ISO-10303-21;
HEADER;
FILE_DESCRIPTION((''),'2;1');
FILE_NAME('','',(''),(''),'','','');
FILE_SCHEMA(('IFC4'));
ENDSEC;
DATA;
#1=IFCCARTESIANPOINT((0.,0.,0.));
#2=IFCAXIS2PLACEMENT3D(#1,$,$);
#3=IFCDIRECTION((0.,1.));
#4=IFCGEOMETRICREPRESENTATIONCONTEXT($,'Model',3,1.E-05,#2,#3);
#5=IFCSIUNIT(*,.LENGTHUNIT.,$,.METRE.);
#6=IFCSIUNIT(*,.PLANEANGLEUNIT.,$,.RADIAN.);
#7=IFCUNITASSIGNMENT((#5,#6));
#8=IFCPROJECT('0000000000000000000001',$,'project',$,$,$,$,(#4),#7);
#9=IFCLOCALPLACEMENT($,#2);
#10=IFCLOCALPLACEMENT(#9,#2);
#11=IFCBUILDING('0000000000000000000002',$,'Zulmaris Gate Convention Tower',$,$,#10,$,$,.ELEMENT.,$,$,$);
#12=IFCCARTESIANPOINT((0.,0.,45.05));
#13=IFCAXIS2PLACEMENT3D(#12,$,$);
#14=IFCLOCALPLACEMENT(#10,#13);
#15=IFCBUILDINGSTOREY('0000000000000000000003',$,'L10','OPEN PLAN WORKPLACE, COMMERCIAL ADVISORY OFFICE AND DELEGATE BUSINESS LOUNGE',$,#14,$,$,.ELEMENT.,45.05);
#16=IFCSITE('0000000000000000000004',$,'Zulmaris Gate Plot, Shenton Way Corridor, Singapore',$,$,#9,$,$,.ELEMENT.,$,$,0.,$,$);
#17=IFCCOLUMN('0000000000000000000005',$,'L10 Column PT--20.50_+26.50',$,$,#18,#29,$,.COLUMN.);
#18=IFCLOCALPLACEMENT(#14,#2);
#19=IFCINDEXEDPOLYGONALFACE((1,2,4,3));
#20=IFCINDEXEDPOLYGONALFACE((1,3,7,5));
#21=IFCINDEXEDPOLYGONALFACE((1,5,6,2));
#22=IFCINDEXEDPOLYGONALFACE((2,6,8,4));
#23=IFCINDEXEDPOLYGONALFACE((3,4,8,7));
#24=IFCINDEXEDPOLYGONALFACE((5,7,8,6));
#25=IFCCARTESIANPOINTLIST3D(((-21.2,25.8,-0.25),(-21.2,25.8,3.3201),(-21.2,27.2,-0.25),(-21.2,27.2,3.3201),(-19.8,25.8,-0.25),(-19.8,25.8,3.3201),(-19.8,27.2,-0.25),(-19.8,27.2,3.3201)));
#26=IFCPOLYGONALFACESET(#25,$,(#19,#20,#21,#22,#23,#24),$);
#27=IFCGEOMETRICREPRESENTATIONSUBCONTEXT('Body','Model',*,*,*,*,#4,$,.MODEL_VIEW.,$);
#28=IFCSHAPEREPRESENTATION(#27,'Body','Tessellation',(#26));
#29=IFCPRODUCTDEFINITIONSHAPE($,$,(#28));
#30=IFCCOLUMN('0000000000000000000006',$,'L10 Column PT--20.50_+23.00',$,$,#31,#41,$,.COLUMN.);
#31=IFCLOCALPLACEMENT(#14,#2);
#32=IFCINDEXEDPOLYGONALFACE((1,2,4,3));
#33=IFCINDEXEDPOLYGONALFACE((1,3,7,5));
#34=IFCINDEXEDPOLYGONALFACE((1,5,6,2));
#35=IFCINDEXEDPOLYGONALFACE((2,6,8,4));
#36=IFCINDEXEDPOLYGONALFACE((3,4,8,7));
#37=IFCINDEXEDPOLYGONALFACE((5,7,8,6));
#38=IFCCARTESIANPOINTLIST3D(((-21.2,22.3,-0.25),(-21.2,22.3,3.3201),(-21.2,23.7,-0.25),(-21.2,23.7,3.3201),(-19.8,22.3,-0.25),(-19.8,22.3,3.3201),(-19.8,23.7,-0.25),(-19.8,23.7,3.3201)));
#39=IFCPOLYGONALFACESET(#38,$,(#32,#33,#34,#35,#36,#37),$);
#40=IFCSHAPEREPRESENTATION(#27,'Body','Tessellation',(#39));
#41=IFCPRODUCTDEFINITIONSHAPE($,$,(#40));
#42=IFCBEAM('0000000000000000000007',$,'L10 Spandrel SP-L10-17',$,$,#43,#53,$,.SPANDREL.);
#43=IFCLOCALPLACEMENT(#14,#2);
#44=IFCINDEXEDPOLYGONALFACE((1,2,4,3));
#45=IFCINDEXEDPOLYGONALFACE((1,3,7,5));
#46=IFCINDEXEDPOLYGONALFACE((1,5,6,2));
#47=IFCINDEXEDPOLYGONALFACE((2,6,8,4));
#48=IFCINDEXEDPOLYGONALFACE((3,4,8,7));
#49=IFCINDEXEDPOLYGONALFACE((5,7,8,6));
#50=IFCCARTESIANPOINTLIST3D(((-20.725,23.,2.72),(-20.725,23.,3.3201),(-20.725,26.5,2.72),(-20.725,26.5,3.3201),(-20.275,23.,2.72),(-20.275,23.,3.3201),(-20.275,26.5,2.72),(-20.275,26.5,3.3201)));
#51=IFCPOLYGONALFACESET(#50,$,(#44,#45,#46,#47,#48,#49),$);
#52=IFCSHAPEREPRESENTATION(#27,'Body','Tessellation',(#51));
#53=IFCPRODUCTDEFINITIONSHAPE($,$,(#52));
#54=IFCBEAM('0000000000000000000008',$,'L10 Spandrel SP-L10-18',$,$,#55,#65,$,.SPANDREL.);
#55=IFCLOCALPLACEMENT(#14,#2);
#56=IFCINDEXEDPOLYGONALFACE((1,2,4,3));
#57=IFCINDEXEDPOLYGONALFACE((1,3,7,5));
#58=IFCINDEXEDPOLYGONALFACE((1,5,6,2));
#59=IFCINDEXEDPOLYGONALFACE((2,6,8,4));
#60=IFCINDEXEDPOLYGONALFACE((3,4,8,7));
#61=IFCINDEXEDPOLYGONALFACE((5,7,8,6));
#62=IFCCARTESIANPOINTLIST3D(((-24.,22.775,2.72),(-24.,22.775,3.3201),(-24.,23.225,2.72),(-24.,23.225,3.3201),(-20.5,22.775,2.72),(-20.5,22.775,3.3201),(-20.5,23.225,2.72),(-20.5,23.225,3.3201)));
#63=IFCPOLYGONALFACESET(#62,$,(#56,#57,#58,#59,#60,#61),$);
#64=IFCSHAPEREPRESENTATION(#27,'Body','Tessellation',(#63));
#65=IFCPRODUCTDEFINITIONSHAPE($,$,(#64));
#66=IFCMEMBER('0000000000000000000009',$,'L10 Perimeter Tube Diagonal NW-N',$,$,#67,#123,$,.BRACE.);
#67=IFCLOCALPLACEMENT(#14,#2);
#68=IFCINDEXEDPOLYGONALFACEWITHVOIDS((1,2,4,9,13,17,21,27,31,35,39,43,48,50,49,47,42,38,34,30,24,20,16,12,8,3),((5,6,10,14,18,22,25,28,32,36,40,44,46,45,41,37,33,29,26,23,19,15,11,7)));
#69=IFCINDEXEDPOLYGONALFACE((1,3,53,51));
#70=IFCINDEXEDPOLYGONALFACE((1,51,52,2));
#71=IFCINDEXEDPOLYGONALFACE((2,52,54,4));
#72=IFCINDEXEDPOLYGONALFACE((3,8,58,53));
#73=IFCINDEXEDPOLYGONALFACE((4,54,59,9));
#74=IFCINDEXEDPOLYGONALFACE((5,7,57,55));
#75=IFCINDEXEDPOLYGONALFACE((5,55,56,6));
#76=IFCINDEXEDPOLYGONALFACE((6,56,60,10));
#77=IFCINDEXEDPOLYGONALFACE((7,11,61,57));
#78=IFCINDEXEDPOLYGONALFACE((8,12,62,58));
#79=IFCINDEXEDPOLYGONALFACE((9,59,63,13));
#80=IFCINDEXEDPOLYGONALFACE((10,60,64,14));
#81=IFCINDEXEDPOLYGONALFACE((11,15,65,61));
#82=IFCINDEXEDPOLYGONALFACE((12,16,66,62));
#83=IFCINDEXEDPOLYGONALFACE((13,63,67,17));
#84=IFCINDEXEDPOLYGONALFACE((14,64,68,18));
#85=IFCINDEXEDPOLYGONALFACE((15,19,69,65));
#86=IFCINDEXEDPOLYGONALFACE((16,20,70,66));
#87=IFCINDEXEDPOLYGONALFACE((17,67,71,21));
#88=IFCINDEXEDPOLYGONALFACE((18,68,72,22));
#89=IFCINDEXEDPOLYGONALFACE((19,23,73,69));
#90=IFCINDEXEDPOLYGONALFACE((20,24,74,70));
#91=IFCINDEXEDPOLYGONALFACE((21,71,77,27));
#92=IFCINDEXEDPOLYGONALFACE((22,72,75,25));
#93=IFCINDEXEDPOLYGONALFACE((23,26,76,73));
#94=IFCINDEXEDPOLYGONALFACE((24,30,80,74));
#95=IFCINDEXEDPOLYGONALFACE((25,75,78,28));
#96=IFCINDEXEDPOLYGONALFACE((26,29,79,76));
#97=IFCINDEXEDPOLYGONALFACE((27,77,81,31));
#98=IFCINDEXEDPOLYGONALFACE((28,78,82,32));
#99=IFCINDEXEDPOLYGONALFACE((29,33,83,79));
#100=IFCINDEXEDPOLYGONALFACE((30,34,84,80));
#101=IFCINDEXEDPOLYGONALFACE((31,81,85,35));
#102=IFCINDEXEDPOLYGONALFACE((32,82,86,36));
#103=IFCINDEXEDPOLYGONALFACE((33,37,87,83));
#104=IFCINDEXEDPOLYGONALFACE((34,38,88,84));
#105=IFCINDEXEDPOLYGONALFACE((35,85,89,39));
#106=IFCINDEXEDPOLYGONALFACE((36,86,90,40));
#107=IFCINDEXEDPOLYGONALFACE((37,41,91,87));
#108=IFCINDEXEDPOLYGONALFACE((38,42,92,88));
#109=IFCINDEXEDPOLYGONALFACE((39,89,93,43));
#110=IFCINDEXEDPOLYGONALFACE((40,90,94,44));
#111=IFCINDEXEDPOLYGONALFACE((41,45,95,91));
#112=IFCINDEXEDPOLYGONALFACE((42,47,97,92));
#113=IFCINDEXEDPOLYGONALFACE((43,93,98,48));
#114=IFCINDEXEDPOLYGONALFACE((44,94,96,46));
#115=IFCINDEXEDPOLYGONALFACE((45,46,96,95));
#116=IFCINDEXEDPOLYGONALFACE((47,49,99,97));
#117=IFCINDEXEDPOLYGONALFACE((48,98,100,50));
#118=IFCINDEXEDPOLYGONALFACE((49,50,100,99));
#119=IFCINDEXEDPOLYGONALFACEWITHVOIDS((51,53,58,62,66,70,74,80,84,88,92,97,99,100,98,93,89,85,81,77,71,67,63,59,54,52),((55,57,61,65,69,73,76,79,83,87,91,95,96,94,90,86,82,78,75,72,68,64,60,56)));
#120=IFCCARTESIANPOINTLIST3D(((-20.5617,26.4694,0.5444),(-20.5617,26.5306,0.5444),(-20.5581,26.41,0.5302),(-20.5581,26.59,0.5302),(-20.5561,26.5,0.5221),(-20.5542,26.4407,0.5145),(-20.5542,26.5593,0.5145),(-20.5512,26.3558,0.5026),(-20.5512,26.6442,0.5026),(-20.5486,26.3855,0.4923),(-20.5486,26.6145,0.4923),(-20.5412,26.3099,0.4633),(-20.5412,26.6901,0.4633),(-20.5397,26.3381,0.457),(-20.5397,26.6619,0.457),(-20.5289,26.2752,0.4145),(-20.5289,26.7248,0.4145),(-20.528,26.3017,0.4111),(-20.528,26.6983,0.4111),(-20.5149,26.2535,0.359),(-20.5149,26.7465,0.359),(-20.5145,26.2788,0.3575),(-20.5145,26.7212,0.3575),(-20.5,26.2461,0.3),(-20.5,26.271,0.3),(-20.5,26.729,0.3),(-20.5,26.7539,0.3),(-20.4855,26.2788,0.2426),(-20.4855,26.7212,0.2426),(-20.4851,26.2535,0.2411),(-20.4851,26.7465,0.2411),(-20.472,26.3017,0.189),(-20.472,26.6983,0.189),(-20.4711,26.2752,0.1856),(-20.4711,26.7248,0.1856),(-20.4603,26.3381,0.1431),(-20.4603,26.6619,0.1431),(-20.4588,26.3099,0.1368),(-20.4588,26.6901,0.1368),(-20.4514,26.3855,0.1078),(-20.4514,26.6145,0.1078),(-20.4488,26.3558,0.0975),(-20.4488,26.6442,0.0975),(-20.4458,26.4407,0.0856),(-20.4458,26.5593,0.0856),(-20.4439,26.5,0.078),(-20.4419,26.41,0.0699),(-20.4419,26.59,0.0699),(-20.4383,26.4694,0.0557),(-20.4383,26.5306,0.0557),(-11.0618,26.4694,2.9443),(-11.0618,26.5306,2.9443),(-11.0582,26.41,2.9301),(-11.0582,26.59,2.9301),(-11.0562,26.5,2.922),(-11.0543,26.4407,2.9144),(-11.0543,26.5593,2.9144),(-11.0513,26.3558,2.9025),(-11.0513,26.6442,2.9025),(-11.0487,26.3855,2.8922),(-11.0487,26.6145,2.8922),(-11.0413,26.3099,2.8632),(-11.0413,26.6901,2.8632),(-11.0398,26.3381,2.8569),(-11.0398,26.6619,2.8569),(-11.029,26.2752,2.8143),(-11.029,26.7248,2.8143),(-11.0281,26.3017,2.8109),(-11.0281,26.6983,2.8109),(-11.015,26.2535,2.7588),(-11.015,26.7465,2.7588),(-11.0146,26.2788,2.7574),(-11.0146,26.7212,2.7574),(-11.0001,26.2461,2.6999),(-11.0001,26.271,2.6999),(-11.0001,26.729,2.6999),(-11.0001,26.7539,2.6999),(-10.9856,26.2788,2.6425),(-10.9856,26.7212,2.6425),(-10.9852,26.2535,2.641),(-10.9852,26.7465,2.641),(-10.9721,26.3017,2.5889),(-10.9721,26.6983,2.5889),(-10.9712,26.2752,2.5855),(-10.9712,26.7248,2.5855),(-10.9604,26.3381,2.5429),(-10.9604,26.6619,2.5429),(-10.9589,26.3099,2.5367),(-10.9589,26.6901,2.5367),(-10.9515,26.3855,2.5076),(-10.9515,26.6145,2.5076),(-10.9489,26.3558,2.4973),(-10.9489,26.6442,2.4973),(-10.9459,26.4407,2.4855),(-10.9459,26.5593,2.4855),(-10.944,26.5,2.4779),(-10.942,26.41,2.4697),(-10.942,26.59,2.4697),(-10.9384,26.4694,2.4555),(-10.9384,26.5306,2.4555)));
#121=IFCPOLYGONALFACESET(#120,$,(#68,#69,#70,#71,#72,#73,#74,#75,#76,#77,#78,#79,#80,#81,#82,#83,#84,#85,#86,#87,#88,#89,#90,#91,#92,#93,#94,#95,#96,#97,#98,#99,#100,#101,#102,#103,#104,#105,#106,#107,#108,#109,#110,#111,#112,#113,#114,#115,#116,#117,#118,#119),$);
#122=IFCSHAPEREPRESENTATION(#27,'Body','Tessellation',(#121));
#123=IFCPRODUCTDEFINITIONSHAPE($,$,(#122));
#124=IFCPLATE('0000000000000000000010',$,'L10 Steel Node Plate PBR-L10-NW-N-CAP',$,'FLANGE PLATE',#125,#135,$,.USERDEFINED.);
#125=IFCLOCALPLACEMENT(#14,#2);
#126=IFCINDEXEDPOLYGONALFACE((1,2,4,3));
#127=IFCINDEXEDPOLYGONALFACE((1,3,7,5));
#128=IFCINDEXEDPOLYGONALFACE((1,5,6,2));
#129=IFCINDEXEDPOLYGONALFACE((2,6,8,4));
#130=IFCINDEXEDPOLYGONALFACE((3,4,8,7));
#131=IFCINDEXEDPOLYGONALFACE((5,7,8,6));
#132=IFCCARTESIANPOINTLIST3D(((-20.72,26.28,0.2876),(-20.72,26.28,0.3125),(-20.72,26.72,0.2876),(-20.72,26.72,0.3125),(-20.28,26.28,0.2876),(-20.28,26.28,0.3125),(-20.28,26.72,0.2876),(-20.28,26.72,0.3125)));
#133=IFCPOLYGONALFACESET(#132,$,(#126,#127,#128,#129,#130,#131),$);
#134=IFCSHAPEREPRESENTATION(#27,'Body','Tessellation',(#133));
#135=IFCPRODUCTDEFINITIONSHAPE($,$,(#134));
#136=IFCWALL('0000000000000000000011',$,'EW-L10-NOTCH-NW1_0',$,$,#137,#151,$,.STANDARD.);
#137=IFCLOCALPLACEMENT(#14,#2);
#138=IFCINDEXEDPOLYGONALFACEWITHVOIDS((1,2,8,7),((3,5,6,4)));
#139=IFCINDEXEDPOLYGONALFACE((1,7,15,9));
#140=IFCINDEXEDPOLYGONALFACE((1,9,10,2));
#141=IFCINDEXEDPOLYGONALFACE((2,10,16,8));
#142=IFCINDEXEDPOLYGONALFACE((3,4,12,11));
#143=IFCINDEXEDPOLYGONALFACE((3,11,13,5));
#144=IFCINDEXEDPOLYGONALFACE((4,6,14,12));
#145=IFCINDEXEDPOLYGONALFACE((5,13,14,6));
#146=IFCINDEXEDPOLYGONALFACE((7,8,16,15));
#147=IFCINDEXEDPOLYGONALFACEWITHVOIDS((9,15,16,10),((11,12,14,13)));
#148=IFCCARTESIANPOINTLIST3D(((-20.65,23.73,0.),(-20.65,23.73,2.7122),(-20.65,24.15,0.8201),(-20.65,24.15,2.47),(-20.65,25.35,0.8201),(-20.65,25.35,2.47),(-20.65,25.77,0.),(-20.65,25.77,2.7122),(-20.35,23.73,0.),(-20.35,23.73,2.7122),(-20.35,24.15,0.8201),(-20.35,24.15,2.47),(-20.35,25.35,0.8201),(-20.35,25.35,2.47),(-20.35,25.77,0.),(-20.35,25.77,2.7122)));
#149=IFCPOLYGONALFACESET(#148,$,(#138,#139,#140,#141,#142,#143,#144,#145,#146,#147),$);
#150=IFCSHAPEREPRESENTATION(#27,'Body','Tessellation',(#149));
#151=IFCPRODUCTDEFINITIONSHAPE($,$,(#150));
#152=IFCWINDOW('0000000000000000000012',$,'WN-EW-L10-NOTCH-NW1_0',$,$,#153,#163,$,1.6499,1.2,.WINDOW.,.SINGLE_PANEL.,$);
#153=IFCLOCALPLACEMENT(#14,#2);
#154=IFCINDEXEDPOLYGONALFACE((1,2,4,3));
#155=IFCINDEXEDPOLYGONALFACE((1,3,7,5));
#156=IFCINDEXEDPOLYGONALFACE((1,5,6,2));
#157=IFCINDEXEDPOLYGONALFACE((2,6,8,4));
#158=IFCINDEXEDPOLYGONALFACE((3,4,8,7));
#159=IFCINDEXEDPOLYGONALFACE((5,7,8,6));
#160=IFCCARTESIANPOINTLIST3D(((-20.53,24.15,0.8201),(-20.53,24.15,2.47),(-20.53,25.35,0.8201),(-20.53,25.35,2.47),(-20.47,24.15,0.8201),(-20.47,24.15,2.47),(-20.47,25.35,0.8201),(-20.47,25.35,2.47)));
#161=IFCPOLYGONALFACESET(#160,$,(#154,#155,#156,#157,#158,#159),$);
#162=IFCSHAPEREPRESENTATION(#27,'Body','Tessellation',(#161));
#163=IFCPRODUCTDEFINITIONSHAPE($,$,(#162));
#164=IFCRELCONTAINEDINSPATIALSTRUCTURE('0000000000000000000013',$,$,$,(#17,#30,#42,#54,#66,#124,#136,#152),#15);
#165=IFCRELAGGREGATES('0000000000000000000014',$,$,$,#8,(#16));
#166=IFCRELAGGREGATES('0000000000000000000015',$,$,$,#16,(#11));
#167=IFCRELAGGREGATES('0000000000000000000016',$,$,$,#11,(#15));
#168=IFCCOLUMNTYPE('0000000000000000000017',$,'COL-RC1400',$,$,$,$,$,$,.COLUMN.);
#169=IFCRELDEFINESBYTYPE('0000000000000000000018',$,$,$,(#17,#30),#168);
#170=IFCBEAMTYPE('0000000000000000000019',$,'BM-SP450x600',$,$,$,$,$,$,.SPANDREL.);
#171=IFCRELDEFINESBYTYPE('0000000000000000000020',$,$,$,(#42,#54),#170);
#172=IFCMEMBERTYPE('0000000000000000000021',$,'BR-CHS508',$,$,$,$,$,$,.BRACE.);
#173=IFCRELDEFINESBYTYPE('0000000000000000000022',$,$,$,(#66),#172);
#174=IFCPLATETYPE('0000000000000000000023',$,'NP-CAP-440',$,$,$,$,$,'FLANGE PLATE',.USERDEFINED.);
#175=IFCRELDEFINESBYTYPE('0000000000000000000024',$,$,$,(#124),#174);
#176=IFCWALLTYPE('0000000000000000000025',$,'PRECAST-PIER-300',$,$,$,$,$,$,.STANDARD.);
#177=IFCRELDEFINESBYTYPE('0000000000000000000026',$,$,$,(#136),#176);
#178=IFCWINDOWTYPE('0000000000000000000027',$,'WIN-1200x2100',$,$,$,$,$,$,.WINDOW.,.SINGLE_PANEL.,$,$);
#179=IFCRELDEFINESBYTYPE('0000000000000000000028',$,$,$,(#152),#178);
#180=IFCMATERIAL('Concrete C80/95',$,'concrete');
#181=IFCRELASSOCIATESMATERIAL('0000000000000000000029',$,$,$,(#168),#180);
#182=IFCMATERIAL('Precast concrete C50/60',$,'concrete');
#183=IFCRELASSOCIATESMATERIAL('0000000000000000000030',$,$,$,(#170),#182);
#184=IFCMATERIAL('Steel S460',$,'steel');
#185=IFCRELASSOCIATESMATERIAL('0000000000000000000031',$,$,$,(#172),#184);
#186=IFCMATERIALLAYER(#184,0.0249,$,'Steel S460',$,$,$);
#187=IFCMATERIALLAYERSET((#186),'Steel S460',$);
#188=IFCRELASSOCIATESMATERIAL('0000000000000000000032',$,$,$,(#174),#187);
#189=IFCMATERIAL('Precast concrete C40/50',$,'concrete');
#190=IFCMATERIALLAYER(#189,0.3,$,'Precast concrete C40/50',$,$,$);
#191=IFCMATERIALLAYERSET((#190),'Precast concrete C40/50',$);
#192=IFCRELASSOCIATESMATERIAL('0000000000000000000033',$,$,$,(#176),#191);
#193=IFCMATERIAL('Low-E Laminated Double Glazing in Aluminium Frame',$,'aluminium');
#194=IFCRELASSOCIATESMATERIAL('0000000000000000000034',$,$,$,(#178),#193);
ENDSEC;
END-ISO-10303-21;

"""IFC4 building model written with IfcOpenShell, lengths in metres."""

from ifc_helpers import new_model, si_unit, direction, frame, frame_2d, origin, origin_2d, place, context, subcontext, project, spatial, rectangle, hollow_circle, extrude, material, layer, layer_set, material_profile, profile_set, type_object, element, fill, save


model = new_model("IFC4")

# Units and contexts
model_context = context("Model", 3, precision=1e-05, world=origin(), true_north=direction((0.0, 1.0)))
body_context = subcontext(model_context, "Body", "Model", "MODEL_VIEW")
ifc_project = project(units=[si_unit("LENGTHUNIT", "METRE"), si_unit("PLANEANGLEUNIT", "RADIAN")], contexts=[model_context])

# Site, building, storey
site_placement = place(None, origin())
site = spatial("IfcSite", under=ifc_project, at=site_placement, Name="Zulmaris Gate Plot, Shenton Way Corridor, Singapore", CompositionType="ELEMENT", RefElevation=0.0)
building_placement = place(site_placement, origin())
building = spatial("IfcBuilding", under=site, at=building_placement, Name="Zulmaris Gate Convention Tower", CompositionType="ELEMENT")
storey_placement = place(building_placement, frame((0.0, 0.0, 45.05)))
storey = spatial("IfcBuildingStorey", under=building, at=storey_placement, Name="L10", Description="OPEN PLAN WORKPLACE, COMMERCIAL ADVISORY OFFICE AND DELEGATE BUSINESS LOUNGE", CompositionType="ELEMENT", Elevation=45.05)

# Columns
ifc_material_1 = material(Name="Concrete C80/95", Category="concrete")
ifc_material_profile_1 = material_profile(ifc_material_1, rectangle(XDim=1.3999, YDim=1.3999, at=origin_2d()), Name="RC COL 1400x1400")
ifc_profile_set_1 = profile_set([ifc_material_profile_1], Name="Concrete C80/95")
column_type = type_object("IfcColumnType", Name="COL-RC1400", PredefinedType="COLUMN", material=ifc_profile_set_1)
for number, where, z_axis, x_axis, name in (
    (1, (-20.5, 26.5, -0.25), (0.0, 0.0, 1.0), (1.0, 0.0, 0.0), "L10 Column PT--20.50_+26.50"),
    (2, (-20.5, 23.0, -0.25), (0.0, 0.0, 1.0), (1.0, 0.0, 0.0), "L10 Column PT--20.50_+23.00"),
):
    element("IfcColumn", number, at=place(storey_placement, frame(where, z_axis=z_axis, x_axis=x_axis)), inside=storey, type_object=column_type, Name=name, PredefinedType="COLUMN", context=body_context, shape_type="SweptSolid", body=[
        extrude(rectangle(XDim=1.3999, YDim=1.3999, at=origin_2d()), origin(), (0.0, 0.0, 1.0), 3.5701),
    ])

# Beams
ifc_material_2 = material(Name="Precast concrete C50/60", Category="concrete")
ifc_material_profile_2 = material_profile(ifc_material_2, rectangle(XDim=0.45, YDim=0.6001, at=origin_2d()), Name="RC SPANDREL 450x600")
ifc_profile_set_2 = profile_set([ifc_material_profile_2], Name="Precast concrete C50/60")
beam_type = type_object("IfcBeamType", Name="BM-SP450x600", PredefinedType="SPANDREL", material=ifc_profile_set_2)
for number, where, z_axis, x_axis, name in (
    (3, (-20.5, 26.5, 3.02), (0.0, -1.0, 0.0), (1.0, 0.0, 0.0), "L10 Spandrel SP-L10-17"),
    (4, (-20.5, 23.0, 3.02), (-1.0, 0.0, 0.0), (0.0, -1.0, 0.0), "L10 Spandrel SP-L10-18"),
):
    element("IfcBeam", number, at=place(storey_placement, frame(where, z_axis=z_axis, x_axis=x_axis)), inside=storey, type_object=beam_type, Name=name, PredefinedType="SPANDREL", context=body_context, shape_type="SweptSolid", body=[
        extrude(rectangle(XDim=0.45, YDim=0.6001, at=origin_2d()), origin(), (0.0, 0.0, 1.0), 3.5),
    ])

# Member
ifc_material_3 = material(Name="Steel S460", Category="steel")
ifc_material_profile_3 = material_profile(ifc_material_3, hollow_circle(Radius=0.2539, WallThickness=0.0249, at=origin_2d()), Name="CHS 508x25")
ifc_profile_set_3 = profile_set([ifc_material_profile_3], Name="Steel S460")
member_type = type_object("IfcMemberType", Name="BR-CHS508", PredefinedType="BRACE", material=ifc_profile_set_3)
member_placement = place(storey_placement, frame((-20.5, 26.5, 0.3), z_axis=(0.969542, 0.0, 0.244927), x_axis=(0.0, 1.0, 0.0)))
element("IfcMember", 5, at=member_placement, inside=storey, type_object=member_type, Name="L10 Perimeter Tube Diagonal NW-N", PredefinedType="BRACE", context=body_context, shape_type="SweptSolid", body=[
    extrude(hollow_circle(Radius=0.2539, WallThickness=0.0249, at=origin_2d()), origin(), (0.0, 0.0, 1.0), 9.7983),
])

# Plate
ifc_layer_1 = layer(ifc_material_3, 0.0249, Name="Steel S460")
ifc_layer_set_1 = layer_set([ifc_layer_1], Name="Steel S460")
plate_type = type_object("IfcPlateType", Name="NP-CAP-440", ElementType="FLANGE PLATE", PredefinedType="USERDEFINED", material=ifc_layer_set_1)
plate_placement = place(storey_placement, frame((-20.5, 26.5, 0.2876), z_axis=(0.0, 0.0, 1.0), x_axis=(1.0, 0.0, 0.0)))
element("IfcPlate", 6, at=plate_placement, inside=storey, type_object=plate_type, Name="L10 Steel Node Plate PBR-L10-NW-N-CAP", ObjectType="FLANGE PLATE", PredefinedType="USERDEFINED", context=body_context, shape_type="SweptSolid", body=[
    extrude(rectangle(XDim=0.4399, YDim=0.4399, at=origin_2d()), origin(), (0.0, 0.0, 1.0), 0.0249),
])

# Wall, opening, window
ifc_material_4 = material(Name="Precast concrete C40/50", Category="concrete")
ifc_layer_2 = layer(ifc_material_4, 0.3, Name="Precast concrete C40/50")
ifc_layer_set_2 = layer_set([ifc_layer_2], Name="Precast concrete C40/50")
wall_type = type_object("IfcWallType", Name="PRECAST-PIER-300", PredefinedType="STANDARD", material=ifc_layer_set_2)
wall_1_placement = place(storey_placement, frame((-20.5, 25.77, 0.0), z_axis=(0.0, 0.0, 1.0), x_axis=(0.0, -1.0, 0.0)))
wall_1 = element("IfcWall", 7, at=wall_1_placement, inside=storey, type_object=wall_type, Name="EW-L10-NOTCH-NW1_0", PredefinedType="STANDARD", context=body_context, shape_type="SweptSolid", body=[
    extrude(rectangle(XDim=2.04, YDim=0.3, at=frame_2d((1.02, 0.0))), origin(), (0.0, 0.0, 1.0), 2.7122),
])
opening_1_placement = place(wall_1_placement, frame((0.4199, 0.0, 0.8201)))
opening_1 = element("IfcOpeningElement", 8, at=opening_1_placement, cuts=wall_1, PredefinedType="OPENING", context=body_context, shape_type="SweptSolid", body=[
    extrude(rectangle(XDim=1.2, YDim=1.6499, at=frame_2d((0.6001, 0.825))), frame((0.0, 0.1602, 0.0), z_axis=(0.0, -1.0, 0.0), x_axis=(1.0, 0.0, 0.0)), (0.0, 0.0, 1.0), 0.3201),
])
ifc_material_5 = material(Name="Low-E Laminated Double Glazing in Aluminium Frame", Category="aluminium")
window_type = type_object("IfcWindowType", Name="WIN-1200x2100", PartitioningType="SINGLE_PANEL", PredefinedType="WINDOW", material=ifc_material_5)
window_1_placement = place(opening_1_placement, origin())
window_1 = element("IfcWindow", 9, at=window_1_placement, inside=storey, type_object=window_type, Name="WN-EW-L10-NOTCH-NW1_0", OverallHeight=1.6499, OverallWidth=1.2, PartitioningType="SINGLE_PANEL", PredefinedType="WINDOW", context=body_context, shape_type="SweptSolid", body=[
    extrude(rectangle(XDim=1.2, YDim=1.6499, at=frame_2d((0.6001, 0.825))), frame((0.0, 0.03, 0.0), z_axis=(0.0, -1.0, 0.0), x_axis=(1.0, 0.0, 0.0)), (0.0, 0.0, 1.0), 0.0601),
])
fill(opening_1, window_1)

save(model, "model.ifc")
